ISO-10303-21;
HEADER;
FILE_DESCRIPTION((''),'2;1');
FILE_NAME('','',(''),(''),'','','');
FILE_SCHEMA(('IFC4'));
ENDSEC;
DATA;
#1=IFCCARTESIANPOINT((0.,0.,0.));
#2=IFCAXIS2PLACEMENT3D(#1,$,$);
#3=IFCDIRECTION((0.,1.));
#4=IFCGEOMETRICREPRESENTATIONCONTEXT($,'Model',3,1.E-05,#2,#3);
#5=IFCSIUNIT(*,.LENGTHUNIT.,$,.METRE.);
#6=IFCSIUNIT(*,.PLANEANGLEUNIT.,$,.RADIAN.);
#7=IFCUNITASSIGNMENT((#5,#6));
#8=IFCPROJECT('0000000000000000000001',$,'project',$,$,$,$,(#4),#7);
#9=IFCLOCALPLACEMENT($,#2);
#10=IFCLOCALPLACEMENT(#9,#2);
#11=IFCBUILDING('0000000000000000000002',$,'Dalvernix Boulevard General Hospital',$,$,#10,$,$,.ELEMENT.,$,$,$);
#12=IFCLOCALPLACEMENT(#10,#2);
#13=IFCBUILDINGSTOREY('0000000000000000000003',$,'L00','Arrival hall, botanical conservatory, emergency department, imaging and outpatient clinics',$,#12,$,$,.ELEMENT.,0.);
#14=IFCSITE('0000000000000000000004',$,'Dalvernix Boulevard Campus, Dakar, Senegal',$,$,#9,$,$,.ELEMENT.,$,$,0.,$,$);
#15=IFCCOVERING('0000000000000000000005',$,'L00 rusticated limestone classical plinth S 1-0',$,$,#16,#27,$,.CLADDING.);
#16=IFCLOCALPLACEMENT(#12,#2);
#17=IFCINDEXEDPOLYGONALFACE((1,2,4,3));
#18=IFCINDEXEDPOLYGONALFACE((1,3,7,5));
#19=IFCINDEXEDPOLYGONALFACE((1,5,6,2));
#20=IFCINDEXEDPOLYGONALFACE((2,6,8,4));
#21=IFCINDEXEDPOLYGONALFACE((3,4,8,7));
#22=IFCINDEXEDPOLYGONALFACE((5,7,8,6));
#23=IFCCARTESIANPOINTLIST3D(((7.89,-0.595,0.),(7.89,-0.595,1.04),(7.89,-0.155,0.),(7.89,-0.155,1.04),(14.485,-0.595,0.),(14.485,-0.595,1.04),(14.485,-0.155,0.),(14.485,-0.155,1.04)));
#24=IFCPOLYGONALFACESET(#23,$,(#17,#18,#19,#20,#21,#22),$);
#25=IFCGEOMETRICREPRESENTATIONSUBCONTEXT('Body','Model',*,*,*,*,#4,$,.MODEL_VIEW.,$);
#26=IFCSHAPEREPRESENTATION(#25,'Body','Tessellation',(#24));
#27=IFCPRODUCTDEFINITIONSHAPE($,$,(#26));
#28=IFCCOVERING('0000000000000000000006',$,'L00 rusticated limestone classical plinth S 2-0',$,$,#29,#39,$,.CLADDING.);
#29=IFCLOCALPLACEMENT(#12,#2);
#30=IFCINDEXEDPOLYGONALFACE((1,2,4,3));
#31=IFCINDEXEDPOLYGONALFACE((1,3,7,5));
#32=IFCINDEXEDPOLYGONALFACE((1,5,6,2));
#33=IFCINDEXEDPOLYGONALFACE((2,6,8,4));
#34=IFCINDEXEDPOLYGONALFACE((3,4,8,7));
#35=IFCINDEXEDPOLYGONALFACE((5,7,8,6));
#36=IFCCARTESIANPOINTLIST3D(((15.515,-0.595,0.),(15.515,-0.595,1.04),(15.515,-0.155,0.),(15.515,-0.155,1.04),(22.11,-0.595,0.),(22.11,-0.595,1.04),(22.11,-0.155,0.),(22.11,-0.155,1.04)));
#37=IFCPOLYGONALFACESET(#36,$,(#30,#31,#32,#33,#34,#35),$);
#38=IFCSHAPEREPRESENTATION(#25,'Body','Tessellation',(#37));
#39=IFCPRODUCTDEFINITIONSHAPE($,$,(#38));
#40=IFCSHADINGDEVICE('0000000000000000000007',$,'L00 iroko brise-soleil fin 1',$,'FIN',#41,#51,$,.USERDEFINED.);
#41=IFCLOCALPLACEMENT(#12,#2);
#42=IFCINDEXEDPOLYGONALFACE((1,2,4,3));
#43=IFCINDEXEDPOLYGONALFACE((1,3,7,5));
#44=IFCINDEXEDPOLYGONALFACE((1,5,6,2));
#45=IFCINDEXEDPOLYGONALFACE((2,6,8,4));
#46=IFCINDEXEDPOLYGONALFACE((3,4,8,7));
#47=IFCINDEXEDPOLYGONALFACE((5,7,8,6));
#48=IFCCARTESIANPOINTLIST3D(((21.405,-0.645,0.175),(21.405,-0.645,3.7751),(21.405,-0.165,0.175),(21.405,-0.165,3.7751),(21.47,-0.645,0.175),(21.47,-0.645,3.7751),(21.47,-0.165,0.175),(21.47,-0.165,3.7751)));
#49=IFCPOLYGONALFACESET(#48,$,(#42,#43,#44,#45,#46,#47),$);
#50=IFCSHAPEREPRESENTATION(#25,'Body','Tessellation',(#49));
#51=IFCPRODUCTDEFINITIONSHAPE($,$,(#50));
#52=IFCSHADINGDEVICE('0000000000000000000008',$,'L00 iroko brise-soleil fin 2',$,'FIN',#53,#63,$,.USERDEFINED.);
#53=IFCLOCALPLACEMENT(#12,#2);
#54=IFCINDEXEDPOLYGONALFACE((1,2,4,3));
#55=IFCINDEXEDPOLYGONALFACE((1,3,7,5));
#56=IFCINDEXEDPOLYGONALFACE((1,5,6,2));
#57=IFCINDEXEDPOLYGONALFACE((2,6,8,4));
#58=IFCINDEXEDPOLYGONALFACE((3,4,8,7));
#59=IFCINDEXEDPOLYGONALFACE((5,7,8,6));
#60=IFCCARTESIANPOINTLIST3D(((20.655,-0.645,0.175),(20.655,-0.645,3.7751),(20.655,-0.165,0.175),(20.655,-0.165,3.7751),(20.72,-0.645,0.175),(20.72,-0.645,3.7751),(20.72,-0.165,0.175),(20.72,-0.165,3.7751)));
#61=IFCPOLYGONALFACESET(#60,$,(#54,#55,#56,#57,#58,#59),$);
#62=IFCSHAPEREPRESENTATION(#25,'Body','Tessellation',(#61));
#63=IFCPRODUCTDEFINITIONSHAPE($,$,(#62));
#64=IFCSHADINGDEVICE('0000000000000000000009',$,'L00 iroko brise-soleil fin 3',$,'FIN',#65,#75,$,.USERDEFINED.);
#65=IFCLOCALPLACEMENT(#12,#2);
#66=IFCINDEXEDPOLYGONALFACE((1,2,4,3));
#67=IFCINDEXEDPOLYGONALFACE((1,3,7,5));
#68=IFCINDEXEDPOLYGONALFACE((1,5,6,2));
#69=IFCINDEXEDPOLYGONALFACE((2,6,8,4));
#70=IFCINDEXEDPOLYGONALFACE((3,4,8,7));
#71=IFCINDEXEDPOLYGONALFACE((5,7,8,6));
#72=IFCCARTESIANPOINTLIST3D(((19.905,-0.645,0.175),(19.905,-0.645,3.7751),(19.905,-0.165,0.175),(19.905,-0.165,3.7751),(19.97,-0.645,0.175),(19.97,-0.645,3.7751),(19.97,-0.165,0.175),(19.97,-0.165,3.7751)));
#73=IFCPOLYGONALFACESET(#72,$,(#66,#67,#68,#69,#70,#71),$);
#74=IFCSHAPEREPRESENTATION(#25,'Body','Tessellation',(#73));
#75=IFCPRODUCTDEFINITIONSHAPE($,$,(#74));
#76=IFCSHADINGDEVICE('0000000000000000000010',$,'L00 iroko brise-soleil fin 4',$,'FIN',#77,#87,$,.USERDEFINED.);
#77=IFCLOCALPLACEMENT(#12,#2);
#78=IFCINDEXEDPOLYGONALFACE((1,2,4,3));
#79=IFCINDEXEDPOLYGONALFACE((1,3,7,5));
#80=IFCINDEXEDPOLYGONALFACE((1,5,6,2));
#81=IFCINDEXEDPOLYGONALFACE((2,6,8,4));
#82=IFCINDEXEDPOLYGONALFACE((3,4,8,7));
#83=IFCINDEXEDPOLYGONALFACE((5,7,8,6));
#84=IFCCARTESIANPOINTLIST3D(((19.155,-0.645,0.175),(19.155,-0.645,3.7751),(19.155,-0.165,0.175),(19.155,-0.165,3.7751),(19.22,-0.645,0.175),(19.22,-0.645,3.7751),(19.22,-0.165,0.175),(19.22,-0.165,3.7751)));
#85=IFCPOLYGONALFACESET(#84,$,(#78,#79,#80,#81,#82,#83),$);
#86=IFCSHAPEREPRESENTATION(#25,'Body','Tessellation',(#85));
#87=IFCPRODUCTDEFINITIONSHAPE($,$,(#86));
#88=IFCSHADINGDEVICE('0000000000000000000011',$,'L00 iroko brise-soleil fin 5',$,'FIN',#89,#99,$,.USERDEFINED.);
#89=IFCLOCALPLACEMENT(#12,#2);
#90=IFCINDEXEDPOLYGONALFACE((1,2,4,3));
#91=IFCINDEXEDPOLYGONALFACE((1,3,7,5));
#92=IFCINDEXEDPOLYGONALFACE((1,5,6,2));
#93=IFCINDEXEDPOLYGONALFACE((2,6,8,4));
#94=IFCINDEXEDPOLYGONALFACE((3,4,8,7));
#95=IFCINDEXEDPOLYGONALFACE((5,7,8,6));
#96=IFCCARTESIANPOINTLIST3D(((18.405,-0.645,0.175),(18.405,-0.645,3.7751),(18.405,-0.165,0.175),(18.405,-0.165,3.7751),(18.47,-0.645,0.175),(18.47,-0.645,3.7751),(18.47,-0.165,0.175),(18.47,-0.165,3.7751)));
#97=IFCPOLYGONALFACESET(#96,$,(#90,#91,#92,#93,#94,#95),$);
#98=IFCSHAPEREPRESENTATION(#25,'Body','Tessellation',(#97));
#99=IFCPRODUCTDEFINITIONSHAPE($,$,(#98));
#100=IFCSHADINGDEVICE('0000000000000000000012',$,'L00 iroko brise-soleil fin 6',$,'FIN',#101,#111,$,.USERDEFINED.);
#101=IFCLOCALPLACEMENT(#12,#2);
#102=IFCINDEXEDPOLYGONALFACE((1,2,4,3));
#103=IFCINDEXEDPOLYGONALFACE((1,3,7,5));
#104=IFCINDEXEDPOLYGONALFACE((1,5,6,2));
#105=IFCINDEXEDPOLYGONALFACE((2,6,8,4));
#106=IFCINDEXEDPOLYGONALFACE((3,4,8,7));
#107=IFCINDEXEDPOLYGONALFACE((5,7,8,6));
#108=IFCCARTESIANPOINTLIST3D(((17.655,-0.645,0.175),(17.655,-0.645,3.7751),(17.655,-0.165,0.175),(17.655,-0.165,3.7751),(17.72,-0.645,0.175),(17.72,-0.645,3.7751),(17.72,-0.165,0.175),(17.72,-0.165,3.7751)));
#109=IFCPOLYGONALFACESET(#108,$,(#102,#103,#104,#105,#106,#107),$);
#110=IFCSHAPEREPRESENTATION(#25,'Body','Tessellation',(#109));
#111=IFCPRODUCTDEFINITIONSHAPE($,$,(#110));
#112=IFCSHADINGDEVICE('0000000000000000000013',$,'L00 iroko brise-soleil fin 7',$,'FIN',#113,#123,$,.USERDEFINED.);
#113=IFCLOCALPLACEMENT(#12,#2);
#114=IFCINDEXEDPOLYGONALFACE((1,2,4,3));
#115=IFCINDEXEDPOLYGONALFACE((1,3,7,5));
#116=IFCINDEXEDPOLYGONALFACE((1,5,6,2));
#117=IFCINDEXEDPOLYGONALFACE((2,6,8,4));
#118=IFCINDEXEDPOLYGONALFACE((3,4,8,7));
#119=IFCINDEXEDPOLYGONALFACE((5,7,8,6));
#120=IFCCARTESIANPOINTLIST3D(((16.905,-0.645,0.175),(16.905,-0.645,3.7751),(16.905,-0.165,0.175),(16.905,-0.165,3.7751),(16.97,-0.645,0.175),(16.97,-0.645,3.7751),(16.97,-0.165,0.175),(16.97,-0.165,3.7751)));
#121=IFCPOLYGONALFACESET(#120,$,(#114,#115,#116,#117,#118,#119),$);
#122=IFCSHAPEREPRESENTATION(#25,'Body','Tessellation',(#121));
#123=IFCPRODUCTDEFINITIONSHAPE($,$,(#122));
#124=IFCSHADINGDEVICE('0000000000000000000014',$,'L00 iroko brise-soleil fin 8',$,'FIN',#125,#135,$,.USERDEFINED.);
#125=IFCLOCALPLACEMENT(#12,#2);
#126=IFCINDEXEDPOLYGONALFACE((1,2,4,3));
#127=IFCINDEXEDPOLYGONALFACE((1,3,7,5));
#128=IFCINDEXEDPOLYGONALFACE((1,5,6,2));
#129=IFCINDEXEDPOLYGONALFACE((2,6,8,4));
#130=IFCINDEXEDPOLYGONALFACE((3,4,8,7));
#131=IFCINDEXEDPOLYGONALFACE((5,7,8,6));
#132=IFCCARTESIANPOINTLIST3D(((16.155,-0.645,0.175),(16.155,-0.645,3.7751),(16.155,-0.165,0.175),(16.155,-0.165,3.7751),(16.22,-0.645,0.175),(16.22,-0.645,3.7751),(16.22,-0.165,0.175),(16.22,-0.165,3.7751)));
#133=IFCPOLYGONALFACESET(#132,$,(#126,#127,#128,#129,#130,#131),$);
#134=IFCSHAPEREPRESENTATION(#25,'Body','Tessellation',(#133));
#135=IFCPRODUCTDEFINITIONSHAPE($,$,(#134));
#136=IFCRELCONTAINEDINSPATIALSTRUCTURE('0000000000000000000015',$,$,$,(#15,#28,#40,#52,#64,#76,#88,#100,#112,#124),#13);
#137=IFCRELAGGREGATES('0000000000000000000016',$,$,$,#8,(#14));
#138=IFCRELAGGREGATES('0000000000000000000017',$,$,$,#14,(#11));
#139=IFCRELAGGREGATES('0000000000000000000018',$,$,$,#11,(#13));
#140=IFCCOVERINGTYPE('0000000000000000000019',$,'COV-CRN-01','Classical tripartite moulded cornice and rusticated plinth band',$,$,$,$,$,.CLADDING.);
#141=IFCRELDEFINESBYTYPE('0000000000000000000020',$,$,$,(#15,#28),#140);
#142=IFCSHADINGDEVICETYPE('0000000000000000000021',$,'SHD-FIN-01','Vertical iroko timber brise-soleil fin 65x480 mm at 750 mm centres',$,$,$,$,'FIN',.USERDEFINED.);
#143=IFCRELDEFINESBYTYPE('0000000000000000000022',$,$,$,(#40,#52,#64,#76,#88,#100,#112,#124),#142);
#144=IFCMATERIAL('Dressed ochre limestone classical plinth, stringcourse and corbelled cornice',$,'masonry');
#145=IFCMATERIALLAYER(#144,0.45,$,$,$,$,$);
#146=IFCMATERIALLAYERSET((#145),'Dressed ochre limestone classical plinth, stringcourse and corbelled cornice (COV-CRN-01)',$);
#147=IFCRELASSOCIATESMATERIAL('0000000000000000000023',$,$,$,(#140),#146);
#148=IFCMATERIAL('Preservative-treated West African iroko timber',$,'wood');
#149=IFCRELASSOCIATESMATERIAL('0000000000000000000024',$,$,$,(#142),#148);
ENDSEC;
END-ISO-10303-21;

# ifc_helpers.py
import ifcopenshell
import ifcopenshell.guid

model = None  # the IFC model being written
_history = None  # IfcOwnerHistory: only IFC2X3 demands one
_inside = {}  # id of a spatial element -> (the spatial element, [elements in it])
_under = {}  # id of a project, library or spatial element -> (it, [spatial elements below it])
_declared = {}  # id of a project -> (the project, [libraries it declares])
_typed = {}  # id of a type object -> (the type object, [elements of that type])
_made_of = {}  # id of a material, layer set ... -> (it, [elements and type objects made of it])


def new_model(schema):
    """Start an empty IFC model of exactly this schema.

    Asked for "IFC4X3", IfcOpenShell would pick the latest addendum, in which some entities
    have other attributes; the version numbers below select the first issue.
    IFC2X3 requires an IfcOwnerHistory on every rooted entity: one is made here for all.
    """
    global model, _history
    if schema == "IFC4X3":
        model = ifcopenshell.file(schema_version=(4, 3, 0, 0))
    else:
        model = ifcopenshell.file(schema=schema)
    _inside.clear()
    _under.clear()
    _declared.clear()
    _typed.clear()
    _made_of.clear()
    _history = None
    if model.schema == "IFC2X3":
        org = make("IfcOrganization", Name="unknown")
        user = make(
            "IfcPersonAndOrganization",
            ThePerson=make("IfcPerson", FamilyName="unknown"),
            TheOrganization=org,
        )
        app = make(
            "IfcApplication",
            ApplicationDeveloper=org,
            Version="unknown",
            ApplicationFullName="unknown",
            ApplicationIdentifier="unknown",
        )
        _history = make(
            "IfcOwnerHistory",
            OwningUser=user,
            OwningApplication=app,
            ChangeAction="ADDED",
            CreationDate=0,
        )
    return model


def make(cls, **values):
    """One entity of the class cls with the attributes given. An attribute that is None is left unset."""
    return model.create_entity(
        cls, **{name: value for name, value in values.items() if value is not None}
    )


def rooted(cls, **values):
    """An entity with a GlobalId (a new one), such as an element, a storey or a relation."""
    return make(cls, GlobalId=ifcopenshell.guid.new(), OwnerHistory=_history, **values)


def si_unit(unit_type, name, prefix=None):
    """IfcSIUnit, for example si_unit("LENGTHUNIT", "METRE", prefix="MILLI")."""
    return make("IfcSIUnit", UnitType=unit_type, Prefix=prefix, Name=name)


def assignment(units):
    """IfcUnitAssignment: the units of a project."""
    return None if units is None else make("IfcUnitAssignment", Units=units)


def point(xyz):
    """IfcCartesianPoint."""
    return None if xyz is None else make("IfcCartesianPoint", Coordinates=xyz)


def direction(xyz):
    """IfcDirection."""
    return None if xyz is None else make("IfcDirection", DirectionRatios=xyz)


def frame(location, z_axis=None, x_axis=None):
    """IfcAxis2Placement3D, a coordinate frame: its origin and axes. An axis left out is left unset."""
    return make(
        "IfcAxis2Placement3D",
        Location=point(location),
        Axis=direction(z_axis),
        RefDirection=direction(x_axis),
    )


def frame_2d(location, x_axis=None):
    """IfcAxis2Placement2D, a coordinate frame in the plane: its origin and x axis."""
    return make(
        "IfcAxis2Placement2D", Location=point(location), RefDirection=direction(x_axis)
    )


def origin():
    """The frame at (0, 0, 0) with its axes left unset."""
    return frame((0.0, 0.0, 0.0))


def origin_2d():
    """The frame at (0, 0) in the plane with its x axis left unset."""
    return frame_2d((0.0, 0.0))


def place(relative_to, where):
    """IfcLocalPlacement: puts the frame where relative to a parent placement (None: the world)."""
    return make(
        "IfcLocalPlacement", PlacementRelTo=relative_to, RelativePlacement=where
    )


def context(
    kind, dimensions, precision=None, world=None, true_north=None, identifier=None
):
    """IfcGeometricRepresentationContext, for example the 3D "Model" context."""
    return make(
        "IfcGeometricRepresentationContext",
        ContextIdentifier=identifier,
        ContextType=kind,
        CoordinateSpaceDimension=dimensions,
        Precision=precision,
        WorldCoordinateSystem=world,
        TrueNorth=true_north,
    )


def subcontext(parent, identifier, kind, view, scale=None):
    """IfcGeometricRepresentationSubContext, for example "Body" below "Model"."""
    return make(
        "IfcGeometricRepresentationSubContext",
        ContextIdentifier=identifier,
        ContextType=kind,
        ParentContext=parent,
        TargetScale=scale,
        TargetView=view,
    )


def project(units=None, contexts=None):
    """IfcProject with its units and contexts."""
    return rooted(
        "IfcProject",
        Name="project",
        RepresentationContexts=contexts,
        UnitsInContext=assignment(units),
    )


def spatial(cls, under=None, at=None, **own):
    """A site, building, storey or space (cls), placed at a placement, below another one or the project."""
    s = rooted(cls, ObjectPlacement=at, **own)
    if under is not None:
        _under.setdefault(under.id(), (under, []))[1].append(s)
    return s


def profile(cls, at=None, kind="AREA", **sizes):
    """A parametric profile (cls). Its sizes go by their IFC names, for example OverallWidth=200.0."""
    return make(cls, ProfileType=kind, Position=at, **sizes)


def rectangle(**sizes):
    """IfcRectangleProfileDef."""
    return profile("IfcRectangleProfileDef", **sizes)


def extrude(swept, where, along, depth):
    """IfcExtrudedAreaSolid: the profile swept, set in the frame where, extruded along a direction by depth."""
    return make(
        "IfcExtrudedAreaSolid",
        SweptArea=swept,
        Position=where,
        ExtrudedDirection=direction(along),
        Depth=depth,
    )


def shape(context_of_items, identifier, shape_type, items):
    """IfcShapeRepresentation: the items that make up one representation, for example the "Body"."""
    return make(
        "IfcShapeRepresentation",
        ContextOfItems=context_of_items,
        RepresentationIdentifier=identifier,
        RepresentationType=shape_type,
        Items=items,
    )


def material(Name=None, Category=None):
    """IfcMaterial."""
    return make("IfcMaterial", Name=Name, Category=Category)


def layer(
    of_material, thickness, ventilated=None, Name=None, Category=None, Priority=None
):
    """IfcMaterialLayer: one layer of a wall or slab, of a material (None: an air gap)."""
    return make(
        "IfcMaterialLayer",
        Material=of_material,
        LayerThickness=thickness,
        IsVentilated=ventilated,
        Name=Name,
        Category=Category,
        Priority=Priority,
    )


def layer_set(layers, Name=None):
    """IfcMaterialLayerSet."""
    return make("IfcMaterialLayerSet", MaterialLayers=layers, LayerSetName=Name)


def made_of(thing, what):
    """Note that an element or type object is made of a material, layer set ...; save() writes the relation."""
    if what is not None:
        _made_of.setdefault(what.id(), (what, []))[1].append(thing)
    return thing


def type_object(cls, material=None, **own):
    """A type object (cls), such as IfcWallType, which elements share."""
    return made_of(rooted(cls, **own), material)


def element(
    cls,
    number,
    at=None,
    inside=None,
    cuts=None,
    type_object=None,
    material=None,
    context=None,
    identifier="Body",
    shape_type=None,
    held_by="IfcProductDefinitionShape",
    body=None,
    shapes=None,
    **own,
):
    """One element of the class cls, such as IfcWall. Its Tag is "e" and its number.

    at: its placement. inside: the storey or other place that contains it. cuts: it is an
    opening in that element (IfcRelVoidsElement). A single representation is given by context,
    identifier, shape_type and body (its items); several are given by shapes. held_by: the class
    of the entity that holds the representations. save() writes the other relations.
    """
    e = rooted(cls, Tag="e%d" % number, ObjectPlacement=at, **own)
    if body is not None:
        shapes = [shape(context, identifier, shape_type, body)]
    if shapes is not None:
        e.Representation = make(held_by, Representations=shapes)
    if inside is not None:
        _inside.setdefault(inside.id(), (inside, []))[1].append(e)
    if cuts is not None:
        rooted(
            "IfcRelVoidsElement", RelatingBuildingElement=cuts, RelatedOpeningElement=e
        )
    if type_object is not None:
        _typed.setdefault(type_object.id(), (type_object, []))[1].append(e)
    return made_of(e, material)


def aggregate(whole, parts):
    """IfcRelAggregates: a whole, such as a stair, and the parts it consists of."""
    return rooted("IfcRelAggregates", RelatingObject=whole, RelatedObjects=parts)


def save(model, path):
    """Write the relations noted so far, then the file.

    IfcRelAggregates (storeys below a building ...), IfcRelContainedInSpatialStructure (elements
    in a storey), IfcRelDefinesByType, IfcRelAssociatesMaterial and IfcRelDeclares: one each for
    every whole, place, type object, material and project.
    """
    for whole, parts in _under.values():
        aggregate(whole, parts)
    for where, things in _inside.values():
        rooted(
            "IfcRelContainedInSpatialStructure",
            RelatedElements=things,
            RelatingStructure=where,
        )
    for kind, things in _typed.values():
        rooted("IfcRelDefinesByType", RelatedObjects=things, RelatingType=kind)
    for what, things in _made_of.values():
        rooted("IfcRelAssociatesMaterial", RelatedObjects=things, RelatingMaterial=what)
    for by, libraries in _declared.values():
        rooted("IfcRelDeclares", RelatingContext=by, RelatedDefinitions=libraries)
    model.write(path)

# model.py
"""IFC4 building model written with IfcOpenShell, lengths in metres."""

from ifc_helpers import new_model, si_unit, direction, frame, origin, origin_2d, place, context, subcontext, project, spatial, rectangle, extrude, material, layer, layer_set, type_object, element, save


model = new_model("IFC4")

# Units and contexts
model_context = context("Model", 3, precision=1e-05, world=origin(), true_north=direction((0.0, 1.0)))
body_context = subcontext(model_context, "Body", "Model", "MODEL_VIEW")
ifc_project = project(units=[si_unit("LENGTHUNIT", "METRE"), si_unit("PLANEANGLEUNIT", "RADIAN")], contexts=[model_context])

# Site, building, storey
site_placement = place(None, origin())
site = spatial("IfcSite", under=ifc_project, at=site_placement, Name="Dalvernix Boulevard Campus, Dakar, Senegal", CompositionType="ELEMENT", RefElevation=0.0)
building_placement = place(site_placement, origin())
building = spatial("IfcBuilding", under=site, at=building_placement, Name="Dalvernix Boulevard General Hospital", CompositionType="ELEMENT")
storey_placement = place(building_placement, origin())
storey = spatial("IfcBuildingStorey", under=building, at=storey_placement, Name="L00", Description="Arrival hall, botanical conservatory, emergency department, imaging and outpatient clinics", CompositionType="ELEMENT", Elevation=0.0)

# Coverings
ifc_material_1 = material(Name="Dressed ochre limestone classical plinth, stringcourse and corbelled cornice", Category="masonry")
ifc_layer_1 = layer(ifc_material_1, 0.45)
ifc_layer_set_1 = layer_set([ifc_layer_1], Name="Dressed ochre limestone classical plinth, stringcourse and corbelled cornice (COV-CRN-01)")
covering_type_1 = type_object("IfcCoveringType", Name="COV-CRN-01", Description="Classical tripartite moulded cornice and rusticated plinth band", PredefinedType="CLADDING", material=ifc_layer_set_1)
for number, where, z_axis, x_axis, name in (
    (1, (11.1875, -0.375, 0.0), (0.0, 0.0, 1.0), (-1.0, 0.0, 0.0), "L00 rusticated limestone classical plinth S 1-0"),
    (2, (18.8125, -0.375, 0.0), (0.0, 0.0, 1.0), (-1.0, 0.0, 0.0), "L00 rusticated limestone classical plinth S 2-0"),
):
    element("IfcCovering", number, at=place(storey_placement, frame(where, z_axis=z_axis, x_axis=x_axis)), inside=storey, type_object=covering_type_1, Name=name, PredefinedType="CLADDING", context=body_context, shape_type="SweptSolid", body=[
        extrude(rectangle(XDim=6.595, YDim=0.4399, at=origin_2d()), origin(), (0.0, 0.0, 1.0), 1.04),
    ])

# Shading devices
ifc_material_2 = material(Name="Preservative-treated West African iroko timber", Category="wood")
shading_device_type = type_object("IfcShadingDeviceType", Name="SHD-FIN-01", Description="Vertical iroko timber brise-soleil fin 65x480 mm at 750 mm centres", ElementType="FIN", PredefinedType="USERDEFINED", material=ifc_material_2)
for number, where, z_axis, x_axis, name in (
    (3, (21.4375, -0.405, 0.175), (0.0, 0.0, 1.0), (-1.0, 0.0, 0.0), "L00 iroko brise-soleil fin 1"),
    (4, (20.6875, -0.405, 0.175), (0.0, 0.0, 1.0), (-1.0, 0.0, 0.0), "L00 iroko brise-soleil fin 2"),
    (5, (19.9375, -0.405, 0.175), (0.0, 0.0, 1.0), (-1.0, 0.0, 0.0), "L00 iroko brise-soleil fin 3"),
    (6, (19.1875, -0.405, 0.175), (0.0, 0.0, 1.0), (-1.0, 0.0, 0.0), "L00 iroko brise-soleil fin 4"),
    (7, (18.4375, -0.405, 0.175), (0.0, 0.0, 1.0), (-1.0, 0.0, 0.0), "L00 iroko brise-soleil fin 5"),
    (8, (17.6875, -0.405, 0.175), (0.0, 0.0, 1.0), (-1.0, 0.0, 0.0), "L00 iroko brise-soleil fin 6"),
    (9, (16.9375, -0.405, 0.175), (0.0, 0.0, 1.0), (-1.0, 0.0, 0.0), "L00 iroko brise-soleil fin 7"),
    (10, (16.1875, -0.405, 0.175), (0.0, 0.0, 1.0), (-1.0, 0.0, 0.0), "L00 iroko brise-soleil fin 8"),
):
    element("IfcShadingDevice", number, at=place(storey_placement, frame(where, z_axis=z_axis, x_axis=x_axis)), inside=storey, type_object=shading_device_type, Name=name, ObjectType="FIN", PredefinedType="USERDEFINED", context=body_context, shape_type="SweptSolid", body=[
        extrude(rectangle(XDim=0.0649, YDim=0.48, at=origin_2d()), origin(), (0.0, 0.0, 1.0), 3.6001),
    ])

save(model, "model.ifc")
